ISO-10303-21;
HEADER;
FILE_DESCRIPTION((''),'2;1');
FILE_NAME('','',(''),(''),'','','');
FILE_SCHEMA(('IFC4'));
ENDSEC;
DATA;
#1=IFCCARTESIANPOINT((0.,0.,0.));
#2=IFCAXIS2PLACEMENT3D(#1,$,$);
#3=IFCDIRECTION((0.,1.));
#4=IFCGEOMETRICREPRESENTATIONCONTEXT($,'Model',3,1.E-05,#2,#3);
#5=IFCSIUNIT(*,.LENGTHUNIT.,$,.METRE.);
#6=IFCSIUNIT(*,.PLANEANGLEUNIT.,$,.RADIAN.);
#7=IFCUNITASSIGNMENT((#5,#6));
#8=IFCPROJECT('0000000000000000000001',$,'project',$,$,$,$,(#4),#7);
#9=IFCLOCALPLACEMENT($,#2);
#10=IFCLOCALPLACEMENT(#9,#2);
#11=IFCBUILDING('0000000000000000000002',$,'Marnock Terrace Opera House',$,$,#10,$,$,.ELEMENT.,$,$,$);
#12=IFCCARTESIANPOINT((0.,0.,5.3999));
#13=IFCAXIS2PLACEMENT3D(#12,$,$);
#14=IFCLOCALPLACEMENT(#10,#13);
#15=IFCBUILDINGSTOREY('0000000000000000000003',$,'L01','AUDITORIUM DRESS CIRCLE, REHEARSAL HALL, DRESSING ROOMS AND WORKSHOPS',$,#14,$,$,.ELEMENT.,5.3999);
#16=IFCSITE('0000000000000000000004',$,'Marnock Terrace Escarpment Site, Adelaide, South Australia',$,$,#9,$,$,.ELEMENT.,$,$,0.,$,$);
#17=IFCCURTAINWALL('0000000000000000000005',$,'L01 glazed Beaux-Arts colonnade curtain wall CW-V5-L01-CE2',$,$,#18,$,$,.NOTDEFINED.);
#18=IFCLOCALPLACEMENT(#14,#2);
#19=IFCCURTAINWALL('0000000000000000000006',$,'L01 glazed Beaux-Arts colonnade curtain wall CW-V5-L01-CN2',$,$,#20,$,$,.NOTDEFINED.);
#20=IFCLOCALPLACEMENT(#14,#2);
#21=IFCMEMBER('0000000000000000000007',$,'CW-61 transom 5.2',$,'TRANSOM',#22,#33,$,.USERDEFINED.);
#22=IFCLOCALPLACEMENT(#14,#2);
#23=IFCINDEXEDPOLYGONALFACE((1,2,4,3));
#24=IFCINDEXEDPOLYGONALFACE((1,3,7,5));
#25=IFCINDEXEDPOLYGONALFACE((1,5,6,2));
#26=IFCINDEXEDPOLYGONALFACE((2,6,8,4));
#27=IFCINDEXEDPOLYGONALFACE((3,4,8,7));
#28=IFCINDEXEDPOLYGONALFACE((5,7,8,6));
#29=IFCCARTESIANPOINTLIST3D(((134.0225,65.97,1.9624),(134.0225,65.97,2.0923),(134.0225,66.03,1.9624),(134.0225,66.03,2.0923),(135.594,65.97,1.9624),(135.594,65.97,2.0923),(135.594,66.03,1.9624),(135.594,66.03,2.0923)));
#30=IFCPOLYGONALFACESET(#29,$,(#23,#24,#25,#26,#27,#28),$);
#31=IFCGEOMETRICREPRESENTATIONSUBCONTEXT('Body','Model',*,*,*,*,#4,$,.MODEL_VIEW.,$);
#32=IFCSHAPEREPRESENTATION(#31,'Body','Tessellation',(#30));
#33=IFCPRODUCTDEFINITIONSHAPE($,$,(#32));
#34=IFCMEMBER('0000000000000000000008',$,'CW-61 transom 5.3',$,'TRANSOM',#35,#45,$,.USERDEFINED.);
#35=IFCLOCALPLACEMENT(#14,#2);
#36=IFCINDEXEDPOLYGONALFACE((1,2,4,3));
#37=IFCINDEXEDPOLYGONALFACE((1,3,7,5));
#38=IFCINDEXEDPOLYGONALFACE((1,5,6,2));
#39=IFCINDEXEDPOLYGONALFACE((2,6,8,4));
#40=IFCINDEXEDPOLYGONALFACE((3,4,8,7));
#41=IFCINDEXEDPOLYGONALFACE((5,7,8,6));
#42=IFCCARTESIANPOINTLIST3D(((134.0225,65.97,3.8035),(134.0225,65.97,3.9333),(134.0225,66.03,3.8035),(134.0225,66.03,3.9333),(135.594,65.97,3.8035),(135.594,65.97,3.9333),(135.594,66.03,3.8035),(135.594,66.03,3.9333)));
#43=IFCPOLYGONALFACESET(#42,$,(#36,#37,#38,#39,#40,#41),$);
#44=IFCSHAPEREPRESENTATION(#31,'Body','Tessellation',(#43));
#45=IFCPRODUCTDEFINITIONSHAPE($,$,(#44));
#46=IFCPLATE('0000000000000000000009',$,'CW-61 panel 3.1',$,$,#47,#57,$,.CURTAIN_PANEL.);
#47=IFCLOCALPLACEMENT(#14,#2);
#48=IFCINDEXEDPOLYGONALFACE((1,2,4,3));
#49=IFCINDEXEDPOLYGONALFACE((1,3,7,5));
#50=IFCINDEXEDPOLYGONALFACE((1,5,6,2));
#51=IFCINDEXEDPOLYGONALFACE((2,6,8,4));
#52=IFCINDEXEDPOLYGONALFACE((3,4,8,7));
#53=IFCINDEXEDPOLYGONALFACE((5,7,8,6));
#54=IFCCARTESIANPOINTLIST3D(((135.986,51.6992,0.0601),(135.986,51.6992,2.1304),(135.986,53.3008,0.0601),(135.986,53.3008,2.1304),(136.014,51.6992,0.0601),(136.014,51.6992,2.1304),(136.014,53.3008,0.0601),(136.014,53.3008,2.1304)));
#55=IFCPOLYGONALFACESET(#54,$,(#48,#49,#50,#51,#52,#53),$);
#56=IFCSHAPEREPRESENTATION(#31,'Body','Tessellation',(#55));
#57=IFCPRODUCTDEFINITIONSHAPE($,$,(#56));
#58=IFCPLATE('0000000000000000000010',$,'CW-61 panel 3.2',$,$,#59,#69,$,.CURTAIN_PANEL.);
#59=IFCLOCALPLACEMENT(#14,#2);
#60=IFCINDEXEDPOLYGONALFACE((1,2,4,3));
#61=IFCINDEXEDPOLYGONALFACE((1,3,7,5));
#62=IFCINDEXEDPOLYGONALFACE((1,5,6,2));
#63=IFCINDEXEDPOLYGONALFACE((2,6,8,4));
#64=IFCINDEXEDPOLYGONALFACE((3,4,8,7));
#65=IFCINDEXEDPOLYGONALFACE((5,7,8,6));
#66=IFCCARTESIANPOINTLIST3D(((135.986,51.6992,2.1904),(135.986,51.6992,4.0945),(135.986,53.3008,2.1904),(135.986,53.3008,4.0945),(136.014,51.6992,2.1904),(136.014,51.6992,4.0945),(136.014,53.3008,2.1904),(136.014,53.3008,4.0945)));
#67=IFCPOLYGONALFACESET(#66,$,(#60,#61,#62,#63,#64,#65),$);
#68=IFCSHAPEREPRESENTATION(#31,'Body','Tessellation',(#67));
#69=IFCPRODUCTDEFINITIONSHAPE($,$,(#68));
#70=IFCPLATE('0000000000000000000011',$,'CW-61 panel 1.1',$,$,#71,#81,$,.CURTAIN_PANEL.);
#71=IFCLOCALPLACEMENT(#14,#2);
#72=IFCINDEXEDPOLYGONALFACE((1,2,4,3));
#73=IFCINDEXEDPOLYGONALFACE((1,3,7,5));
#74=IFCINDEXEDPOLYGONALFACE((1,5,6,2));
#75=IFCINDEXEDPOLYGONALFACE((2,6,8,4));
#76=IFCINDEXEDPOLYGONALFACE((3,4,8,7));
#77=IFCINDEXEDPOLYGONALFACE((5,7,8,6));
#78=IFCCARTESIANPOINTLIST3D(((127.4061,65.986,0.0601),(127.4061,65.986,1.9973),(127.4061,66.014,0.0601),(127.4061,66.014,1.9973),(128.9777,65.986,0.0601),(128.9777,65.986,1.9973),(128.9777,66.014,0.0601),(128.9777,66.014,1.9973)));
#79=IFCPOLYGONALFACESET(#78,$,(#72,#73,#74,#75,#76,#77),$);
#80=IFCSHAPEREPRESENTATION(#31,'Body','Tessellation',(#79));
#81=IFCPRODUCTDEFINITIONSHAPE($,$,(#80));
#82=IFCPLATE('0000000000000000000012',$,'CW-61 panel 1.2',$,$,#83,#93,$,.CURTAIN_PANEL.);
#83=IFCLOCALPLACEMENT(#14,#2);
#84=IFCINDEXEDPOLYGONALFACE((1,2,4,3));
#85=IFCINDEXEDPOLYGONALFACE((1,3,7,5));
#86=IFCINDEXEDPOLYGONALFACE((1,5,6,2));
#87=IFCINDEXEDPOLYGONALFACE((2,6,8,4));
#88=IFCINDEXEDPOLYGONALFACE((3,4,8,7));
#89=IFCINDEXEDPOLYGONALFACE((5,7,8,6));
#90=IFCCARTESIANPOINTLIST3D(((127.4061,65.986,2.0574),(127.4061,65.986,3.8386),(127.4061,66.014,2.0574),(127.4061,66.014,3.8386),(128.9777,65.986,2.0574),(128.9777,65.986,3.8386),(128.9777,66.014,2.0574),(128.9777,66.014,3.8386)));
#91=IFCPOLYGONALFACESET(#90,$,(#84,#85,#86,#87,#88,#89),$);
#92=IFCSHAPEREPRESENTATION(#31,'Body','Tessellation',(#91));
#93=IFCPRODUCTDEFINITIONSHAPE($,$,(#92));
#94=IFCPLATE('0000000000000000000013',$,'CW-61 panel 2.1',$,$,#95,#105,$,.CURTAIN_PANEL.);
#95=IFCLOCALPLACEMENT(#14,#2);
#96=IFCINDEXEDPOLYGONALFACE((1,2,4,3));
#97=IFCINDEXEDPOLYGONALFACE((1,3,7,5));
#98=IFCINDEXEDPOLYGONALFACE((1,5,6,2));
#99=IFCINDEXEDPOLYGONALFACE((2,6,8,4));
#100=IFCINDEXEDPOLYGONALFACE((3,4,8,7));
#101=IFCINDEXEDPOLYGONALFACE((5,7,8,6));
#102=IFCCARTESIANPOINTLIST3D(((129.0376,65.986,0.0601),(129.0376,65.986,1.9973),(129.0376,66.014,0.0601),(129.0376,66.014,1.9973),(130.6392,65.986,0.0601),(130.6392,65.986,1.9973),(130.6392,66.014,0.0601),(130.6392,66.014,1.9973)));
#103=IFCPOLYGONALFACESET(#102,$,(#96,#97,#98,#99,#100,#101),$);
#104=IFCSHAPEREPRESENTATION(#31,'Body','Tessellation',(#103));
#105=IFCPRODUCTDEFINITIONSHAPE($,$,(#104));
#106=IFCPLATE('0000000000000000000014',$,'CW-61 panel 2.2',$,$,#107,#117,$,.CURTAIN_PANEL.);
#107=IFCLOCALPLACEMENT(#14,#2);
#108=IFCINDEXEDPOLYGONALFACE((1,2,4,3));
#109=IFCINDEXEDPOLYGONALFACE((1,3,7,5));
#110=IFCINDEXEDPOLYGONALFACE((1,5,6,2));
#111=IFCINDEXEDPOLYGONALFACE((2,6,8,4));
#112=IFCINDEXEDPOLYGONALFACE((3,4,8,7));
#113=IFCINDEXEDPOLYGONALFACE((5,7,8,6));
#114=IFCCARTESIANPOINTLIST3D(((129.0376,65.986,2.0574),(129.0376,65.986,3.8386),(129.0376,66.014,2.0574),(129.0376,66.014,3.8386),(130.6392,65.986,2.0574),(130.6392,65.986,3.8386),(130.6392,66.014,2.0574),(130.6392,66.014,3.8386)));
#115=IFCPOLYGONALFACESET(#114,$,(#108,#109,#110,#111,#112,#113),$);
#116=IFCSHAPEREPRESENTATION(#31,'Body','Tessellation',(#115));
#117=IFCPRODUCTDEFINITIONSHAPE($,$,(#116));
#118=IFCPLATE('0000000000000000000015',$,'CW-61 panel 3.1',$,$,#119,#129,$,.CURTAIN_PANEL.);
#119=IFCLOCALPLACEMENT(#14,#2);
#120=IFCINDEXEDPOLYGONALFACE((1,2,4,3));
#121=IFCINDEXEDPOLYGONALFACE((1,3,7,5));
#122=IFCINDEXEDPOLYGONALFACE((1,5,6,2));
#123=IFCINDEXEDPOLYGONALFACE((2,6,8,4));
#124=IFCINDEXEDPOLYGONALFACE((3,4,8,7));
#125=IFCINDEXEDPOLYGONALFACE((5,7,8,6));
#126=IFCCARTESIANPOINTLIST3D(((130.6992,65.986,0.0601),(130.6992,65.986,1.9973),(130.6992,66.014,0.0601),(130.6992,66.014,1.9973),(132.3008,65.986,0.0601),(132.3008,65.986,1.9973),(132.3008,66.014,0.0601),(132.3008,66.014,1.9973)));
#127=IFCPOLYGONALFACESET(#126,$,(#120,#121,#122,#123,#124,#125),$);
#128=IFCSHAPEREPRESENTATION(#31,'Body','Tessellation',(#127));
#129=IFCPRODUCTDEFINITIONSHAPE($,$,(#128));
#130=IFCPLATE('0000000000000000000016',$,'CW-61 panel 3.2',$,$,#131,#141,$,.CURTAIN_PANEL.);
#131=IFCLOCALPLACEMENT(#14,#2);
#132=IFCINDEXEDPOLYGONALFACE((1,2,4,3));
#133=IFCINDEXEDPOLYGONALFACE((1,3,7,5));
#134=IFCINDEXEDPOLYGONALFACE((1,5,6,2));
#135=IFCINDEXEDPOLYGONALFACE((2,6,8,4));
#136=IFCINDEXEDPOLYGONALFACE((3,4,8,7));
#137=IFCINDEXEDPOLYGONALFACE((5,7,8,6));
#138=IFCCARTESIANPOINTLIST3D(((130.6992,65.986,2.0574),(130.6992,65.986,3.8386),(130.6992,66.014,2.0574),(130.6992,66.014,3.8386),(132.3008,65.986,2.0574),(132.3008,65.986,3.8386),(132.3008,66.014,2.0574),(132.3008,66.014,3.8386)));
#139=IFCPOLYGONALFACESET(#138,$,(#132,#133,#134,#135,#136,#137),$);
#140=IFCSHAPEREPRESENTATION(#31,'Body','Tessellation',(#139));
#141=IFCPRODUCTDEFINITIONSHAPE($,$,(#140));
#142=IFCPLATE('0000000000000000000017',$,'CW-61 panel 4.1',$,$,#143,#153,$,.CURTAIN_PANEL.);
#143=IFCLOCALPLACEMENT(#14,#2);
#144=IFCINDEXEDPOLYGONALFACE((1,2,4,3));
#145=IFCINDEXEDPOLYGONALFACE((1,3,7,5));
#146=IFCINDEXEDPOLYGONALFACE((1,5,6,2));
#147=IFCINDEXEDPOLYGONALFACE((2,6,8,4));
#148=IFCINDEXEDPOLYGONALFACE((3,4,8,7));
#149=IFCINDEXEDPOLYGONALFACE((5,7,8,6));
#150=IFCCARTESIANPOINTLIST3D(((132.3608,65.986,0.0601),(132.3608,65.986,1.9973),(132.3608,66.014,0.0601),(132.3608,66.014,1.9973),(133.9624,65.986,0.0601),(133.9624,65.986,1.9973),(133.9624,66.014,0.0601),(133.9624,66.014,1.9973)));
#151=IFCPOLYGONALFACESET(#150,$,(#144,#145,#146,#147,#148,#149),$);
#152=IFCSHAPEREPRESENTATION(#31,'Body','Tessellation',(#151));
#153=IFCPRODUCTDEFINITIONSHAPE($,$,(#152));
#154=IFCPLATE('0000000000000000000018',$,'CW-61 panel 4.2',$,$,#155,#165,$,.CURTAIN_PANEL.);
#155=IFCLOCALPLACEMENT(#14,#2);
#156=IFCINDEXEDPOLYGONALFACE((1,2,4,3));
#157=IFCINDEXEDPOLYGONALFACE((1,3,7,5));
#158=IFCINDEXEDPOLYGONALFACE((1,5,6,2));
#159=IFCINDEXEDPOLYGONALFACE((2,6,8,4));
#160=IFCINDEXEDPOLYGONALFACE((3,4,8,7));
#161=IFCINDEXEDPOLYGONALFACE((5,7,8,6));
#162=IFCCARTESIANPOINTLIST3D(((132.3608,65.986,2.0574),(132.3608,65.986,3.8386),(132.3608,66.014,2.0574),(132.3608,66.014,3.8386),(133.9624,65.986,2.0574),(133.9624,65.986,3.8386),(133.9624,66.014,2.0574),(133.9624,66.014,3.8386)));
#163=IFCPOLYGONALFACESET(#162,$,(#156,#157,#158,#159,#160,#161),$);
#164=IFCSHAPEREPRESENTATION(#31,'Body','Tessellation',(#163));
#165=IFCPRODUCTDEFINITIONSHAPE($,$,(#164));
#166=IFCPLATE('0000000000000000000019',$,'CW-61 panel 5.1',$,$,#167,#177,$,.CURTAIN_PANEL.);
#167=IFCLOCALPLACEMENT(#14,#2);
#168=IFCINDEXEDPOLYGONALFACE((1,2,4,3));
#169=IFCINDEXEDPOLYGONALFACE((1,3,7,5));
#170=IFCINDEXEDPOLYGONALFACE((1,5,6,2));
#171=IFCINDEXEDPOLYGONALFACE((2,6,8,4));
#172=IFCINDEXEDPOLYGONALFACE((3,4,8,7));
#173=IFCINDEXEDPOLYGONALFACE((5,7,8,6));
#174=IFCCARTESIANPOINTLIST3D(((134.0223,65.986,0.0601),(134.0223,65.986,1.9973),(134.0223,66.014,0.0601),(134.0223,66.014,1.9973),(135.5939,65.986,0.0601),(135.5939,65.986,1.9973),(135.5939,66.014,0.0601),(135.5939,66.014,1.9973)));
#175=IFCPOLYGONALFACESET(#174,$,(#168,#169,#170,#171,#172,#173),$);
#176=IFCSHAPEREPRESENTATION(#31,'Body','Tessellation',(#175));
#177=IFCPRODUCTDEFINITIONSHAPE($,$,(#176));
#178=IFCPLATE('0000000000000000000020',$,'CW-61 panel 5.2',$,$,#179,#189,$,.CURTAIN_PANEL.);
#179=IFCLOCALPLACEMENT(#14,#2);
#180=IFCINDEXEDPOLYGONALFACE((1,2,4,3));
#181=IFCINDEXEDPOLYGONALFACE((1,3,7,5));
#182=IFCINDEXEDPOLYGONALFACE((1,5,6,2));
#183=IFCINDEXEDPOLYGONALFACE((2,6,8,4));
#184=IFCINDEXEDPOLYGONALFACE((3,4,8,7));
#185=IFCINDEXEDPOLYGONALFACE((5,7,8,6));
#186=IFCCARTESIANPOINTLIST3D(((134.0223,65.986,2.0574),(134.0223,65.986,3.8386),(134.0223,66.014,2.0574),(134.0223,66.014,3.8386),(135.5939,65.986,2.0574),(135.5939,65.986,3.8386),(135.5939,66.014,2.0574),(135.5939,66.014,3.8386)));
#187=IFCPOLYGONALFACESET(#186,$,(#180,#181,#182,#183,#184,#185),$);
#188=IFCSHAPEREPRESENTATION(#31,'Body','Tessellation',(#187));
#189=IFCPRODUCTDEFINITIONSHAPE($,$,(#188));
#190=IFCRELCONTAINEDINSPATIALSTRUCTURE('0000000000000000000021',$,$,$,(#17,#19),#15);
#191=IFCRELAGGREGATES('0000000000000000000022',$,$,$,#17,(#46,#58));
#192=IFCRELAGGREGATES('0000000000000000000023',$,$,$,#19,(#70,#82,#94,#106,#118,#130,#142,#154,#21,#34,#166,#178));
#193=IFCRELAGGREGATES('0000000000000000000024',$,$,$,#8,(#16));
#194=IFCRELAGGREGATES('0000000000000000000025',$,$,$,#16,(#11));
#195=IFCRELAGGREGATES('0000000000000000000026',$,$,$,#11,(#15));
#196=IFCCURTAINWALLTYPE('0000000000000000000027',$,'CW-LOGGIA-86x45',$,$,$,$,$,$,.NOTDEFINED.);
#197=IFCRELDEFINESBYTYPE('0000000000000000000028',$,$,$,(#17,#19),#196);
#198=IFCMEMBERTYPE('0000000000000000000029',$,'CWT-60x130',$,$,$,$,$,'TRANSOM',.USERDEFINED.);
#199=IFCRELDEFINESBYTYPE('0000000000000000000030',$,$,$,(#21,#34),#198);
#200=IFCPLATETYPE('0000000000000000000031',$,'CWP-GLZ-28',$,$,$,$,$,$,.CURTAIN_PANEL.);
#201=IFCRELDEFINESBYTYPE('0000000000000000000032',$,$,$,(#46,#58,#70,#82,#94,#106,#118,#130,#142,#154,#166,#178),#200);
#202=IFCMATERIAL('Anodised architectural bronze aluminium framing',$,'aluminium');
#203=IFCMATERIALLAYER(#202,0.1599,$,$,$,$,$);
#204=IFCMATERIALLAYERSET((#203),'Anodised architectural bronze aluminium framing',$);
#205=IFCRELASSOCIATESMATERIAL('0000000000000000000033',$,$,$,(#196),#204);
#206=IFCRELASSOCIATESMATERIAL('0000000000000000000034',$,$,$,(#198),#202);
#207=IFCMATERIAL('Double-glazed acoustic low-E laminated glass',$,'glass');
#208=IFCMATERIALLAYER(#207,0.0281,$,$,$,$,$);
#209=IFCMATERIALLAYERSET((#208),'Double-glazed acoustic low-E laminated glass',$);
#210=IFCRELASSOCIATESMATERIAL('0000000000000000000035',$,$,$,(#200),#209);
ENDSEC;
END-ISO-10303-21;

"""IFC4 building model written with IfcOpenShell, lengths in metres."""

from ifc_helpers import new_model, si_unit, direction, frame, origin, origin_2d, place, context, subcontext, project, spatial, rectangle, extrude, material, layer, layer_set, material_profile, profile_set, type_object, element, aggregate, save


model = new_model("IFC4")

# Units and contexts
model_context = context("Model", 3, precision=1e-05, world=origin(), true_north=direction((0.0, 1.0)))
body_context = subcontext(model_context, "Body", "Model", "MODEL_VIEW")
ifc_project = project(units=[si_unit("LENGTHUNIT", "METRE"), si_unit("PLANEANGLEUNIT", "RADIAN")], contexts=[model_context])

# Site, building, storey
site_placement = place(None, origin())
site = spatial("IfcSite", under=ifc_project, at=site_placement, Name="Marnock Terrace Escarpment Site, Adelaide, South Australia", CompositionType="ELEMENT", RefElevation=0.0)
building_placement = place(site_placement, origin())
building = spatial("IfcBuilding", under=site, at=building_placement, Name="Marnock Terrace Opera House", CompositionType="ELEMENT")
storey_placement = place(building_placement, frame((0.0, 0.0, 5.3999)))
storey = spatial("IfcBuildingStorey", under=building, at=storey_placement, Name="L01", Description="AUDITORIUM DRESS CIRCLE, REHEARSAL HALL, DRESSING ROOMS AND WORKSHOPS", CompositionType="ELEMENT", Elevation=5.3999)

# Curtain wall
ifc_material_1 = material(Name="Anodised architectural bronze aluminium framing", Category="aluminium")
ifc_layer_1 = layer(ifc_material_1, 0.1599)
ifc_layer_set_1 = layer_set([ifc_layer_1], Name="Anodised architectural bronze aluminium framing")
curtain_wall_type = type_object("IfcCurtainWallType", Name="CW-LOGGIA-86x45", PredefinedType="NOTDEFINED", material=ifc_layer_set_1)
curtain_wall_1_placement = place(storey_placement, origin())
curtain_wall_1 = element("IfcCurtainWall", 1, at=curtain_wall_1_placement, inside=storey, type_object=curtain_wall_type, Name="L01 glazed Beaux-Arts colonnade curtain wall CW-V5-L01-CE2", PredefinedType="NOTDEFINED")

# Curtain wall
curtain_wall_2_placement = place(storey_placement, origin())
curtain_wall_2 = element("IfcCurtainWall", 2, at=curtain_wall_2_placement, inside=storey, type_object=curtain_wall_type, Name="L01 glazed Beaux-Arts colonnade curtain wall CW-V5-L01-CN2", PredefinedType="NOTDEFINED")

# Members
ifc_material_profile_1 = material_profile(ifc_material_1, rectangle(XDim=0.0601, YDim=0.1299, at=origin_2d()))
ifc_profile_set_1 = profile_set([ifc_material_profile_1], Name="Anodised architectural bronze aluminium framing")
member_type_1 = type_object("IfcMemberType", Name="CWT-60x130", ElementType="TRANSOM", PredefinedType="USERDEFINED", material=ifc_profile_set_1)
member_1_placement = place(storey_placement, frame((134.0225, 66.0, 2.0273), z_axis=(1.0, 0.0, 0.0), x_axis=(0.0, 1.0, 0.0)))
member_1 = element("IfcMember", 3, at=member_1_placement, type_object=member_type_1, Name="CW-61 transom 5.2", ObjectType="TRANSOM", PredefinedType="USERDEFINED", context=body_context, shape_type="SweptSolid", body=[
    extrude(rectangle(XDim=0.0601, YDim=0.1299, at=origin_2d()), origin(), (0.0, 0.0, 1.0), 1.5715),
])
member_2_placement = place(storey_placement, frame((134.0225, 66.0, 3.8684), z_axis=(1.0, 0.0, 0.0), x_axis=(0.0, 1.0, 0.0)))
member_2 = element("IfcMember", 4, at=member_2_placement, type_object=member_type_1, Name="CW-61 transom 5.3", ObjectType="TRANSOM", PredefinedType="USERDEFINED", context=body_context, shape_type="SweptSolid", body=[
    extrude(rectangle(XDim=0.0601, YDim=0.1299, at=origin_2d()), origin(), (0.0, 0.0, 1.0), 1.5715),
])

# Plates
ifc_material_2 = material(Name="Double-glazed acoustic low-E laminated glass", Category="glass")
ifc_layer_2 = layer(ifc_material_2, 0.0281)
ifc_layer_set_2 = layer_set([ifc_layer_2], Name="Double-glazed acoustic low-E laminated glass")
plate_type = type_object("IfcPlateType", Name="CWP-GLZ-28", PredefinedType="CURTAIN_PANEL", material=ifc_layer_set_2)
plate_1_placement = place(storey_placement, frame((136.0, 52.5, 0.0601), z_axis=(0.0, 0.0, 1.0), x_axis=(0.0, 1.0, 0.0)))
plate_1 = element("IfcPlate", 5, at=plate_1_placement, type_object=plate_type, Name="CW-61 panel 3.1", PredefinedType="CURTAIN_PANEL", context=body_context, shape_type="SweptSolid", body=[
    extrude(rectangle(XDim=1.6016, YDim=0.0281, at=origin_2d()), origin(), (0.0, 0.0, 1.0), 2.0703),
])
plate_2_placement = place(storey_placement, frame((136.0, 52.5, 2.1904), z_axis=(0.0, 0.0, 1.0), x_axis=(0.0, 1.0, 0.0)))
plate_2 = element("IfcPlate", 6, at=plate_2_placement, type_object=plate_type, Name="CW-61 panel 3.2", PredefinedType="CURTAIN_PANEL", context=body_context, shape_type="SweptSolid", body=[
    extrude(rectangle(XDim=1.6016, YDim=0.0281, at=origin_2d()), origin(), (0.0, 0.0, 1.0), 1.9041),
])
aggregate(curtain_wall_1, [plate_1, plate_2])
plate_3_placement = place(storey_placement, frame((128.1919, 66.0, 0.0601), z_axis=(0.0, 0.0, 1.0), x_axis=(1.0, 0.0, 0.0)))
plate_3 = element("IfcPlate", 7, at=plate_3_placement, type_object=plate_type, Name="CW-61 panel 1.1", PredefinedType="CURTAIN_PANEL", context=body_context, shape_type="SweptSolid", body=[
    extrude(rectangle(XDim=1.5715, YDim=0.0281, at=origin_2d()), origin(), (0.0, 0.0, 1.0), 1.9373),
])
plate_4_placement = place(storey_placement, frame((128.1919, 66.0, 2.0574), z_axis=(0.0, 0.0, 1.0), x_axis=(1.0, 0.0, 0.0)))
plate_4 = element("IfcPlate", 8, at=plate_4_placement, type_object=plate_type, Name="CW-61 panel 1.2", PredefinedType="CURTAIN_PANEL", context=body_context, shape_type="SweptSolid", body=[
    extrude(rectangle(XDim=1.5715, YDim=0.0281, at=origin_2d()), origin(), (0.0, 0.0, 1.0), 1.7812),
])
plate_5_placement = place(storey_placement, frame((129.8384, 66.0, 0.0601), z_axis=(0.0, 0.0, 1.0), x_axis=(1.0, 0.0, 0.0)))
plate_5 = element("IfcPlate", 9, at=plate_5_placement, type_object=plate_type, Name="CW-61 panel 2.1", PredefinedType="CURTAIN_PANEL", context=body_context, shape_type="SweptSolid", body=[
    extrude(rectangle(XDim=1.6016, YDim=0.0281, at=origin_2d()), origin(), (0.0, 0.0, 1.0), 1.9373),
])
plate_6_placement = place(storey_placement, frame((129.8384, 66.0, 2.0574), z_axis=(0.0, 0.0, 1.0), x_axis=(1.0, 0.0, 0.0)))
plate_6 = element("IfcPlate", 10, at=plate_6_placement, type_object=plate_type, Name="CW-61 panel 2.2", PredefinedType="CURTAIN_PANEL", context=body_context, shape_type="SweptSolid", body=[
    extrude(rectangle(XDim=1.6016, YDim=0.0281, at=origin_2d()), origin(), (0.0, 0.0, 1.0), 1.7812),
])
plate_7_placement = place(storey_placement, frame((131.5, 66.0, 0.0601), z_axis=(0.0, 0.0, 1.0), x_axis=(1.0, 0.0, 0.0)))
plate_7 = element("IfcPlate", 11, at=plate_7_placement, type_object=plate_type, Name="CW-61 panel 3.1", PredefinedType="CURTAIN_PANEL", context=body_context, shape_type="SweptSolid", body=[
    extrude(rectangle(XDim=1.6016, YDim=0.0281, at=origin_2d()), origin(), (0.0, 0.0, 1.0), 1.9373),
])
plate_8_placement = place(storey_placement, frame((131.5, 66.0, 2.0574), z_axis=(0.0, 0.0, 1.0), x_axis=(1.0, 0.0, 0.0)))
plate_8 = element("IfcPlate", 12, at=plate_8_placement, type_object=plate_type, Name="CW-61 panel 3.2", PredefinedType="CURTAIN_PANEL", context=body_context, shape_type="SweptSolid", body=[
    extrude(rectangle(XDim=1.6016, YDim=0.0281, at=origin_2d()), origin(), (0.0, 0.0, 1.0), 1.7812),
])
plate_9_placement = place(storey_placement, frame((133.1616, 66.0, 0.0601), z_axis=(0.0, 0.0, 1.0), x_axis=(1.0, 0.0, 0.0)))
plate_9 = element("IfcPlate", 13, at=plate_9_placement, type_object=plate_type, Name="CW-61 panel 4.1", PredefinedType="CURTAIN_PANEL", context=body_context, shape_type="SweptSolid", body=[
    extrude(rectangle(XDim=1.6016, YDim=0.0281, at=origin_2d()), origin(), (0.0, 0.0, 1.0), 1.9373),
])
plate_10_placement = place(storey_placement, frame((133.1616, 66.0, 2.0574), z_axis=(0.0, 0.0, 1.0), x_axis=(1.0, 0.0, 0.0)))
plate_10 = element("IfcPlate", 14, at=plate_10_placement, type_object=plate_type, Name="CW-61 panel 4.2", PredefinedType="CURTAIN_PANEL", context=body_context, shape_type="SweptSolid", body=[
    extrude(rectangle(XDim=1.6016, YDim=0.0281, at=origin_2d()), origin(), (0.0, 0.0, 1.0), 1.7812),
])
plate_11_placement = place(storey_placement, frame((134.8081, 66.0, 0.0601), z_axis=(0.0, 0.0, 1.0), x_axis=(1.0, 0.0, 0.0)))
plate_11 = element("IfcPlate", 15, at=plate_11_placement, type_object=plate_type, Name="CW-61 panel 5.1", PredefinedType="CURTAIN_PANEL", context=body_context, shape_type="SweptSolid", body=[
    extrude(rectangle(XDim=1.5715, YDim=0.0281, at=origin_2d()), origin(), (0.0, 0.0, 1.0), 1.9373),
])
plate_12_placement = place(storey_placement, frame((134.8081, 66.0, 2.0574), z_axis=(0.0, 0.0, 1.0), x_axis=(1.0, 0.0, 0.0)))
plate_12 = element("IfcPlate", 16, at=plate_12_placement, type_object=plate_type, Name="CW-61 panel 5.2", PredefinedType="CURTAIN_PANEL", context=body_context, shape_type="SweptSolid", body=[
    extrude(rectangle(XDim=1.5715, YDim=0.0281, at=origin_2d()), origin(), (0.0, 0.0, 1.0), 1.7812),
])
aggregate(curtain_wall_2, [plate_3, plate_4, plate_5, plate_6, plate_7, plate_8, plate_9, plate_10, member_1, member_2, plate_11, plate_12])

save(model, "model.ifc")
